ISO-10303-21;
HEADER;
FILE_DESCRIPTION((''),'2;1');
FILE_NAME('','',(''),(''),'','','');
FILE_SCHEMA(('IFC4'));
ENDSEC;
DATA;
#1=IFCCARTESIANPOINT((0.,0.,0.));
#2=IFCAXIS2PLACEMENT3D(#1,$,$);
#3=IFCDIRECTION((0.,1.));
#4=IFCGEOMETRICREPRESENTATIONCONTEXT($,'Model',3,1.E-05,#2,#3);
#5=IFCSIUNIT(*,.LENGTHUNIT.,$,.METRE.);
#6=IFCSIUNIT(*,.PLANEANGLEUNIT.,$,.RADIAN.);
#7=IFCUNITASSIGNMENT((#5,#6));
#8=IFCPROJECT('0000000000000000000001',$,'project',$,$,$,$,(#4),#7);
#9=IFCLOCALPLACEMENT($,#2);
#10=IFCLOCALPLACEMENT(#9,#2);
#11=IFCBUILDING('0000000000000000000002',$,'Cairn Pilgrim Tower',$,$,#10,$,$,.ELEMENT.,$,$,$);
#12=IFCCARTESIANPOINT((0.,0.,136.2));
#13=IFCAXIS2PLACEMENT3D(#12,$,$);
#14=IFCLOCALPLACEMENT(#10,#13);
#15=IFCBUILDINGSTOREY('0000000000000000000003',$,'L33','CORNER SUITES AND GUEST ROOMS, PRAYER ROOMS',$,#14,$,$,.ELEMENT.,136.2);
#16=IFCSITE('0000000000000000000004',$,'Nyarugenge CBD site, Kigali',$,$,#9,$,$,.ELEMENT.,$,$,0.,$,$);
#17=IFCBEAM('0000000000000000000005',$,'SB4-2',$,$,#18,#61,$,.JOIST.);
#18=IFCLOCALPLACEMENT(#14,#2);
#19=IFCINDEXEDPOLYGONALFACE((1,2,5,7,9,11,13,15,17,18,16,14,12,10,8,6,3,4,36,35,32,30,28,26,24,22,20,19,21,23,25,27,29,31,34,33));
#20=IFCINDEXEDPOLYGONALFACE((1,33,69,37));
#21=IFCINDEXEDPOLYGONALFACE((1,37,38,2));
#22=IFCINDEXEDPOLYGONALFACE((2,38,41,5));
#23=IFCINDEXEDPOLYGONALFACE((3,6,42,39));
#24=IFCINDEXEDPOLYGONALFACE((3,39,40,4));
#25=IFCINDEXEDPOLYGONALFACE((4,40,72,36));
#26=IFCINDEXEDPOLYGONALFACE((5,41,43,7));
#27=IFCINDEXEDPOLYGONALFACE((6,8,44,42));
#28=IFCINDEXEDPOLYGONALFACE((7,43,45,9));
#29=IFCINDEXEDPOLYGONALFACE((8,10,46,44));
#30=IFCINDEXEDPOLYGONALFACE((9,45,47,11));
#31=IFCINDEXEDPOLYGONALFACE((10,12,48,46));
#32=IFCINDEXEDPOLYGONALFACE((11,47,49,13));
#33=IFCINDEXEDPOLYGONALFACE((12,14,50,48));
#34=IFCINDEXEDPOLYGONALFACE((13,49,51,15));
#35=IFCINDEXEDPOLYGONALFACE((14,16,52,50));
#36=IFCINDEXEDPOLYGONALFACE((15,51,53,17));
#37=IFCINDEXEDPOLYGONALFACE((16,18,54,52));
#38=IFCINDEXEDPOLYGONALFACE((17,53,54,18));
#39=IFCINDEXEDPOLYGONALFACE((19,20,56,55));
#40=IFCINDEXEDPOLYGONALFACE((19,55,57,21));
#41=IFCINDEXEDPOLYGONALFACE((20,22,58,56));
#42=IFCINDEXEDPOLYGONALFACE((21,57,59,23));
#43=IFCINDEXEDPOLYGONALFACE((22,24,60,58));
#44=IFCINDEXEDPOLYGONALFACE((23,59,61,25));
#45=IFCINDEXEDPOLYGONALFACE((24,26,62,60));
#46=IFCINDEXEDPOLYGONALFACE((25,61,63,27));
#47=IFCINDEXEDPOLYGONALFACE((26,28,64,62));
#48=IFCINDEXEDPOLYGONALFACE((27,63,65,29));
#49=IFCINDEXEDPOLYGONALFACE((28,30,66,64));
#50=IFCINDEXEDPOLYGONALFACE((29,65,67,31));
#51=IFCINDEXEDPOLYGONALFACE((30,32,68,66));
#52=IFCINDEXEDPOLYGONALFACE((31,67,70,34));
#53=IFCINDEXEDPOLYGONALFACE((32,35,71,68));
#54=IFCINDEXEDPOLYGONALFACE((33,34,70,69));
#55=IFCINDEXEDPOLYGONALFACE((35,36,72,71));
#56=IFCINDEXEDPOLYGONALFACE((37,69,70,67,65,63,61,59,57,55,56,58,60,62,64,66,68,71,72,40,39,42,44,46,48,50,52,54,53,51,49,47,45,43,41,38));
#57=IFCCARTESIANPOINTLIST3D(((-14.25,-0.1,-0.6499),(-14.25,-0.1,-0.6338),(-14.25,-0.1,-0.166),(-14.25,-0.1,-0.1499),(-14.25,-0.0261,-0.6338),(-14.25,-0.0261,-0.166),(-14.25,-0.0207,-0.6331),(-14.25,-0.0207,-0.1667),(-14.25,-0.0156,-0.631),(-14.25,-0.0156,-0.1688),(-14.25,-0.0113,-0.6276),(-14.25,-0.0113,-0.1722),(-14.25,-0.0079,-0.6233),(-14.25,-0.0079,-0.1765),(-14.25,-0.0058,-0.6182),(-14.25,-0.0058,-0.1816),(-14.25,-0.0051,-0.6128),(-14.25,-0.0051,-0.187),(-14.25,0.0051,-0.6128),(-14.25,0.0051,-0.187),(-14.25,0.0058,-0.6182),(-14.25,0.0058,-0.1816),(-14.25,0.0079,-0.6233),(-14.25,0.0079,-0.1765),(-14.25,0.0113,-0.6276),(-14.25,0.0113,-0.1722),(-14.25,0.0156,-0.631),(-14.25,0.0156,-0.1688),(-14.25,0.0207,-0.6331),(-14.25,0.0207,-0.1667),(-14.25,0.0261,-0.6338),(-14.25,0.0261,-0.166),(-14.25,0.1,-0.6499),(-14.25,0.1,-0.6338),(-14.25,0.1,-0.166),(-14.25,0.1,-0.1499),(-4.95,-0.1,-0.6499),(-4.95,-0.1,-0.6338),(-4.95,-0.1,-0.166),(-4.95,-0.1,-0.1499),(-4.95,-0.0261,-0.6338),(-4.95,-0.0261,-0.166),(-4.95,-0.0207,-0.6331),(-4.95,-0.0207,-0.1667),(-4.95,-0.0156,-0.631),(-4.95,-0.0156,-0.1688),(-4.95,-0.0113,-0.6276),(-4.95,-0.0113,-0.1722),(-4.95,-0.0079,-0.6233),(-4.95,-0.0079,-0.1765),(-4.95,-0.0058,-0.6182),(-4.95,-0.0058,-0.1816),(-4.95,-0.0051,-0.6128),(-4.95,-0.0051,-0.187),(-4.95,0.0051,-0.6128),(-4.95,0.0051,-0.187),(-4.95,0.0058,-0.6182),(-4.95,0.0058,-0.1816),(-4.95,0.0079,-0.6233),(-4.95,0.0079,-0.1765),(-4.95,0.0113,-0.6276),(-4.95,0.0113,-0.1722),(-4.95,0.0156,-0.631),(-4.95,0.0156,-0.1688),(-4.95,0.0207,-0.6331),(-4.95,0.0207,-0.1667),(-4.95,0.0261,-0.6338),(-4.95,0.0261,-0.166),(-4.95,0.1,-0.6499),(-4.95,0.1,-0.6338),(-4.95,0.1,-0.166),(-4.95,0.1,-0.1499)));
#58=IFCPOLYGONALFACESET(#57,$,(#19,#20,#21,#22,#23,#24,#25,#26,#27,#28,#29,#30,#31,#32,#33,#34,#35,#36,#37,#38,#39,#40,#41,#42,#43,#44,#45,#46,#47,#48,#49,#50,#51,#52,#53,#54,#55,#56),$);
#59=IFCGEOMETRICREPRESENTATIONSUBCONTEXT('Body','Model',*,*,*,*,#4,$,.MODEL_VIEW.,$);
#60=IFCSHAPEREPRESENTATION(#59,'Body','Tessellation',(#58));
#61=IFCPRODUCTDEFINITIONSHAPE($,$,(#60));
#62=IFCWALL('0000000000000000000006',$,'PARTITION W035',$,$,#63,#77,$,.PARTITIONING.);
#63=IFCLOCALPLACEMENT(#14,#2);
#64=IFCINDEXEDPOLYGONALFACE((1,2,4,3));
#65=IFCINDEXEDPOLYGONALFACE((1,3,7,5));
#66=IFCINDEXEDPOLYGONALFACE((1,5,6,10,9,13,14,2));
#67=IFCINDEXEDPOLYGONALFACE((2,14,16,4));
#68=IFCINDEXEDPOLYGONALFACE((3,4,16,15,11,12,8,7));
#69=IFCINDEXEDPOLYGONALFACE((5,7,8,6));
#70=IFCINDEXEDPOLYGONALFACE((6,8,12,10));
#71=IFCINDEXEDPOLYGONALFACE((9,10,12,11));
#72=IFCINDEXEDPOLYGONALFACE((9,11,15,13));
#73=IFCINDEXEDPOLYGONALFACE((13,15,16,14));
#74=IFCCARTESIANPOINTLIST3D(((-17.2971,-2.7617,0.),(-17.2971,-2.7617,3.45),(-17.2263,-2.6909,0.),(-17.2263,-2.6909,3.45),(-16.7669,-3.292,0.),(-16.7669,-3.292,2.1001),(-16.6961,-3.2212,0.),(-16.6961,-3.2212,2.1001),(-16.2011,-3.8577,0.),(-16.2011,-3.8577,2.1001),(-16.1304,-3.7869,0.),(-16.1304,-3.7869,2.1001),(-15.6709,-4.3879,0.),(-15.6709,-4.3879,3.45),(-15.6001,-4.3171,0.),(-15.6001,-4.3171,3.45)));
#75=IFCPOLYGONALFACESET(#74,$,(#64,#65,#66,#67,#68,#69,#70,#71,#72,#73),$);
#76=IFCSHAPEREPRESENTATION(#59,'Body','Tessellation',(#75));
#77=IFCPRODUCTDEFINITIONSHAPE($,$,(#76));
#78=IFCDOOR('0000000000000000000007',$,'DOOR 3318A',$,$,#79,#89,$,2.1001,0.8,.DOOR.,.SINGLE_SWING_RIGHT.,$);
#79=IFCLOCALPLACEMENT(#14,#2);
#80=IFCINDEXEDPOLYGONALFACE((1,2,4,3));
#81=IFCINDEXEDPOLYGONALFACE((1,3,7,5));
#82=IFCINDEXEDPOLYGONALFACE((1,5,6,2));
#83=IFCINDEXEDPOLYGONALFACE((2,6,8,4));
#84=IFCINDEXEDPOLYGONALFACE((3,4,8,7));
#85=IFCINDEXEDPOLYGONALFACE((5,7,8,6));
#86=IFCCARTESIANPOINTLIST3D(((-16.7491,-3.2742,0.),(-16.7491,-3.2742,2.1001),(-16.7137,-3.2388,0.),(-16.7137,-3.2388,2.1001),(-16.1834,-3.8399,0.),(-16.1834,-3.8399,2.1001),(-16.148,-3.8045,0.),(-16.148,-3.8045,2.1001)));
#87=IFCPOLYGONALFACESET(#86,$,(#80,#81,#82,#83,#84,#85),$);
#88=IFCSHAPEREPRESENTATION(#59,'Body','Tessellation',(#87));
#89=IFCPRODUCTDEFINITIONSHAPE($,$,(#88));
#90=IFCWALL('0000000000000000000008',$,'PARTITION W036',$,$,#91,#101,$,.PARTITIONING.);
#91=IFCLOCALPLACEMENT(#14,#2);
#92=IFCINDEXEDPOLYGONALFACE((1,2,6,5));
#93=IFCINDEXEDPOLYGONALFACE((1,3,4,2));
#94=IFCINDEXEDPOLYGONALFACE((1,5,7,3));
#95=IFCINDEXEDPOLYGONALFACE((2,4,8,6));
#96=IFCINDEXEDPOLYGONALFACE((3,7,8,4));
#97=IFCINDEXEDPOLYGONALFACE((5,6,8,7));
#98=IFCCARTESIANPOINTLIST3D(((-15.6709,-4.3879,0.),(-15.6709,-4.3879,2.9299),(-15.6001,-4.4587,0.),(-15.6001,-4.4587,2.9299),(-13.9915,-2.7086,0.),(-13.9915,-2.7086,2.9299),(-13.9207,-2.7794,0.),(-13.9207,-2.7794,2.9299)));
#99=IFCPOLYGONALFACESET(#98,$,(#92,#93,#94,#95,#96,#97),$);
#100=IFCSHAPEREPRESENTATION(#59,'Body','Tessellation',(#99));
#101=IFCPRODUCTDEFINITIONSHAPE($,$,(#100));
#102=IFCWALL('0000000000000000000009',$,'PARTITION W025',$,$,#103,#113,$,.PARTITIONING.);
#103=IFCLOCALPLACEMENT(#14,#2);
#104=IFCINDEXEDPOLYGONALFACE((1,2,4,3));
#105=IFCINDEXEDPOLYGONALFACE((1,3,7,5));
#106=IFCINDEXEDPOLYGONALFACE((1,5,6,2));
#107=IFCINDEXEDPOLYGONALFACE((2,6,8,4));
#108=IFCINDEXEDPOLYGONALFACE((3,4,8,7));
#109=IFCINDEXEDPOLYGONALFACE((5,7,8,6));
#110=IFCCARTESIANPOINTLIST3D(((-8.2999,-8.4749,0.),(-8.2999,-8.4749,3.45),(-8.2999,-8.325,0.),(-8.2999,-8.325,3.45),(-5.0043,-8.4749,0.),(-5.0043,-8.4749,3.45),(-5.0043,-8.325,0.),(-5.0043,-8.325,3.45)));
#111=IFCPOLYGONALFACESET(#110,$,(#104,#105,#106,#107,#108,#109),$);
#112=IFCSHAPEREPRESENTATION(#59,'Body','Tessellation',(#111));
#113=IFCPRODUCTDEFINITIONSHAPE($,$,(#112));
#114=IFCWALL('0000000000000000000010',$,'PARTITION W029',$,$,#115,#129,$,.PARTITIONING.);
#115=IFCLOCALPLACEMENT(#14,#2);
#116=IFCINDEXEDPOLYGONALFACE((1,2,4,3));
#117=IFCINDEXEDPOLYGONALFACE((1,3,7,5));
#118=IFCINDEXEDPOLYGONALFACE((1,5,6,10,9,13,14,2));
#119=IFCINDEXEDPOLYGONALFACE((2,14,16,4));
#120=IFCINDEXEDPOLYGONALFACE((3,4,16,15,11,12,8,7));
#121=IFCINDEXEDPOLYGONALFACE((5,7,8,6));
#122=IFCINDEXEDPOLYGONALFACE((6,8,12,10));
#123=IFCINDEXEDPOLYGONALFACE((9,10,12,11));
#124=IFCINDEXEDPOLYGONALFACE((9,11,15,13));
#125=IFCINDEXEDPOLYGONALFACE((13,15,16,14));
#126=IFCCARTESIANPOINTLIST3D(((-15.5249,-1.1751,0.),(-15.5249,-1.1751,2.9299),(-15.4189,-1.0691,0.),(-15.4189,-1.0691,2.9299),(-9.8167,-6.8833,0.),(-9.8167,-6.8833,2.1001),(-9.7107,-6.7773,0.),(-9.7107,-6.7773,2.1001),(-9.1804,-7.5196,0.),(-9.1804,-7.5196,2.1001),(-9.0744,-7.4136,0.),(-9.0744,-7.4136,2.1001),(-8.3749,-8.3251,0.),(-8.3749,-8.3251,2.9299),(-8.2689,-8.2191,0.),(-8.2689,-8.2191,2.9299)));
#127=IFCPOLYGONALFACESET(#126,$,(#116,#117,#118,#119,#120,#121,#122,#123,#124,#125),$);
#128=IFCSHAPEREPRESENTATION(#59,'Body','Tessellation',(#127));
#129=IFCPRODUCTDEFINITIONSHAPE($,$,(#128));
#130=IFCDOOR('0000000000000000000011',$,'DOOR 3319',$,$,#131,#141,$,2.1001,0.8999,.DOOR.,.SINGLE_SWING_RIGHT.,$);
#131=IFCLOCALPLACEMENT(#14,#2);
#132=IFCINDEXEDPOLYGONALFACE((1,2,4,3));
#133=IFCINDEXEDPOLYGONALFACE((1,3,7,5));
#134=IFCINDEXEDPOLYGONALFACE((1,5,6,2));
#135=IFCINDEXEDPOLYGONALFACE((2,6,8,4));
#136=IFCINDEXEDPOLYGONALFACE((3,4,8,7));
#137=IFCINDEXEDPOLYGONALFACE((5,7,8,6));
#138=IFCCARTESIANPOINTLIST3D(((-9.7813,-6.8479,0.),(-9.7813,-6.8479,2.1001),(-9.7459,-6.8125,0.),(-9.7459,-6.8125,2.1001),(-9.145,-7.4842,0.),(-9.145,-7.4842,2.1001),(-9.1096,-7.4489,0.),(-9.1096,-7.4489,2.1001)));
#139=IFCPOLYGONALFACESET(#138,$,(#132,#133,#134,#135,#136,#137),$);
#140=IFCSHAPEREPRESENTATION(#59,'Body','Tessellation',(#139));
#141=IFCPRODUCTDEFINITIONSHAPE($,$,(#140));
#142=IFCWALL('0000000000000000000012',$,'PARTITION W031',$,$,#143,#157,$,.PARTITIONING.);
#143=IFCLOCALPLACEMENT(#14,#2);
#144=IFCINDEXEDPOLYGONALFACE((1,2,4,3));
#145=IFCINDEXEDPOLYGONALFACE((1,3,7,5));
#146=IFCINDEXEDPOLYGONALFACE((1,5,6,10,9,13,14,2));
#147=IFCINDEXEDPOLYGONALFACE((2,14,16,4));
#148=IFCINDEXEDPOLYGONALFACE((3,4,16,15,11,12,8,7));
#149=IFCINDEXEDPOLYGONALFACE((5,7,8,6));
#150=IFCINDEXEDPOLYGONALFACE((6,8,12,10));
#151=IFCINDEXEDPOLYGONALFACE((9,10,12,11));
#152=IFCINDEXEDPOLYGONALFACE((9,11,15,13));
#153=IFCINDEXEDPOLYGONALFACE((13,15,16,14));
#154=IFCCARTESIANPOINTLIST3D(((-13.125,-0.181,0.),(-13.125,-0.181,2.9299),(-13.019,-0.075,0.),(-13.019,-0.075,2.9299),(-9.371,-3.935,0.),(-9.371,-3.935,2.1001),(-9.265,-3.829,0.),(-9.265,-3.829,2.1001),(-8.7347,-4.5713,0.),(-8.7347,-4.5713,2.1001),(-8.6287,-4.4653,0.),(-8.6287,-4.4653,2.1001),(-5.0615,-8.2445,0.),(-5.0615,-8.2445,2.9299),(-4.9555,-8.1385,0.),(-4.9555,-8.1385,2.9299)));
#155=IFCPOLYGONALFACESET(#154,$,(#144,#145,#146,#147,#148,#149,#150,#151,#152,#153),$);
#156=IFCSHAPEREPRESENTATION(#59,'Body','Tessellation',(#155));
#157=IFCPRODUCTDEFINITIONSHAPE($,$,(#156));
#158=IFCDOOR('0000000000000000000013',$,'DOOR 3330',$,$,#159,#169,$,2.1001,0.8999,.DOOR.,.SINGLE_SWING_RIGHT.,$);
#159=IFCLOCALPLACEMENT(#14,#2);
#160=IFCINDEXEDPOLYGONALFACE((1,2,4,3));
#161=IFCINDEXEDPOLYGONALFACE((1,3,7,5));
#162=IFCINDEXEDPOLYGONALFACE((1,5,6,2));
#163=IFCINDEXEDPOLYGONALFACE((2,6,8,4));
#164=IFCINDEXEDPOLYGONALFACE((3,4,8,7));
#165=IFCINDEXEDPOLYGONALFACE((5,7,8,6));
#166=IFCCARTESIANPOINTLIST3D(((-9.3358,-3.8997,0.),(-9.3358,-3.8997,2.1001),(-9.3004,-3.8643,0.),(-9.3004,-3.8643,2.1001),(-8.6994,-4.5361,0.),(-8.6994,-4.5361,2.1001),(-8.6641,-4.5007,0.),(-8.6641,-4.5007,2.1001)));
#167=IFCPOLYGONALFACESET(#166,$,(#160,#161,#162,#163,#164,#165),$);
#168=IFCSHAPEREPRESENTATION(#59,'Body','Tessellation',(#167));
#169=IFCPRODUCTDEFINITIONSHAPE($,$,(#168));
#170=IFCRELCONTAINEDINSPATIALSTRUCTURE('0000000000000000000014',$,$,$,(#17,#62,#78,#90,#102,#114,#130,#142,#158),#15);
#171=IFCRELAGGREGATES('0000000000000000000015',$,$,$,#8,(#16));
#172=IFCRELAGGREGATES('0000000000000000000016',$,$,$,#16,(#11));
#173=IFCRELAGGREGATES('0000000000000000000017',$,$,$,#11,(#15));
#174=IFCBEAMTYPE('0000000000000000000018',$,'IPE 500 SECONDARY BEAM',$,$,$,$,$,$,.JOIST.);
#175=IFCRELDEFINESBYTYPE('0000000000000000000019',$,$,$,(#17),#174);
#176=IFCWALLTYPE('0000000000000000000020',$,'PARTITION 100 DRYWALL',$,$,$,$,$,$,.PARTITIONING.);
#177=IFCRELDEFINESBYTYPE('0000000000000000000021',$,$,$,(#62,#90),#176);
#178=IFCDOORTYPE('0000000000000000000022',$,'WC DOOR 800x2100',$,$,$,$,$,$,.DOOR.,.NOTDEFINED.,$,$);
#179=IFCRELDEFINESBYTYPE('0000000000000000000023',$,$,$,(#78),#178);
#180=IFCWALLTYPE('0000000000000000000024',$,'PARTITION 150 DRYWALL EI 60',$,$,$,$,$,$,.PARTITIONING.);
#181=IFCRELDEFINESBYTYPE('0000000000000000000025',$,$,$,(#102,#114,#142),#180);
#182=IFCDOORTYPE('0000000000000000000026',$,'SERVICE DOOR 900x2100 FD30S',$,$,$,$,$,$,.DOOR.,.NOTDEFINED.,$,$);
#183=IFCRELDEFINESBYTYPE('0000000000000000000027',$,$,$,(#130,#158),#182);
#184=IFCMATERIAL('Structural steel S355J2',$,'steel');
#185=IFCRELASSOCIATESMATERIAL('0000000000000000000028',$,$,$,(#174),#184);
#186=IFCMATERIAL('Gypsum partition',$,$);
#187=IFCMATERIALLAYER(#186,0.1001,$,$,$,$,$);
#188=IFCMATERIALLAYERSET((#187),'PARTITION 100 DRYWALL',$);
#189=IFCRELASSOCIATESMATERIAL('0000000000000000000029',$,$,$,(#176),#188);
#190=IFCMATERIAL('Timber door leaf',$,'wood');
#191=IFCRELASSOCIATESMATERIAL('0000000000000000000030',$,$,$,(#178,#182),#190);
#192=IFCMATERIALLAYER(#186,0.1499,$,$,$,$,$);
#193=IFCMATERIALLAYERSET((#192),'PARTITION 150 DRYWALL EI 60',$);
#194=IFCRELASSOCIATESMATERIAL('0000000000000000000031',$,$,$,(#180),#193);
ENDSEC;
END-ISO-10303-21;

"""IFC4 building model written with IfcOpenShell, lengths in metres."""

from ifc_helpers import new_model, si_unit, direction, frame, frame_2d, origin, origin_2d, place, context, subcontext, project, spatial, rectangle, i_section, extrude, material, layer, layer_set, material_profile, profile_set, type_object, element, fill, save


model = new_model("IFC4")

# Units and contexts
model_context = context("Model", 3, precision=1e-05, world=origin(), true_north=direction((0.0, 1.0)))
body_context = subcontext(model_context, "Body", "Model", "MODEL_VIEW")
ifc_project = project(units=[si_unit("LENGTHUNIT", "METRE"), si_unit("PLANEANGLEUNIT", "RADIAN")], contexts=[model_context])

# Site, building, storey
site_placement = place(None, origin())
site = spatial("IfcSite", under=ifc_project, at=site_placement, Name="Nyarugenge CBD site, Kigali", CompositionType="ELEMENT", RefElevation=0.0)
building_placement = place(site_placement, origin())
building = spatial("IfcBuilding", under=site, at=building_placement, Name="Cairn Pilgrim Tower", CompositionType="ELEMENT")
storey_placement = place(building_placement, frame((0.0, 0.0, 136.2)))
storey = spatial("IfcBuildingStorey", under=building, at=storey_placement, Name="L33", Description="CORNER SUITES AND GUEST ROOMS, PRAYER ROOMS", CompositionType="ELEMENT", Elevation=136.2)

# Shared definitions
ifc_material_1 = material(Name="Structural steel S355J2", Category="steel")

# Beam
ifc_material_profile_1 = material_profile(ifc_material_1, i_section(OverallWidth=0.2, OverallDepth=0.5, WebThickness=0.0103, FlangeThickness=0.0161, FilletRadius=0.021, at=origin_2d()), Name="IPE 500")
ifc_profile_set_1 = profile_set([ifc_material_profile_1], Name="Structural steel S355J2")
beam_type_1 = type_object("IfcBeamType", Name="IPE 500 SECONDARY BEAM", PredefinedType="JOIST", material=ifc_profile_set_1)
for number, where, z_axis, x_axis, name in (
    (1, (-14.25, 0.0, -0.3999), (1.0, 0.0, 0.0), (0.0, 1.0, 0.0), "SB4-2"),
):
    element("IfcBeam", number, at=place(storey_placement, frame(where, z_axis=z_axis, x_axis=x_axis)), inside=storey, type_object=beam_type_1, Name=name, PredefinedType="JOIST", context=body_context, shape_type="SweptSolid", body=[
        extrude(i_section(OverallWidth=0.2, OverallDepth=0.5, WebThickness=0.0103, FlangeThickness=0.0161, FilletRadius=0.021, at=origin_2d()), origin(), (0.0, 0.0, 1.0), 9.3),
    ])

# Wall, opening, door
ifc_material_2 = material(Name="Gypsum partition")
ifc_layer_1 = layer(ifc_material_2, 0.1001)
ifc_layer_set_1 = layer_set([ifc_layer_1], Name="PARTITION 100 DRYWALL")
wall_type_1 = type_object("IfcWallType", Name="PARTITION 100 DRYWALL", PredefinedType="PARTITIONING", material=ifc_layer_set_1)
wall_1_placement = place(storey_placement, frame((-15.6355, -4.3525, 0.0), z_axis=(0.0, 0.0, 1.0), x_axis=(-0.707107, 0.707107, 0.0)))
wall_1 = element("IfcWall", 2, at=wall_1_placement, inside=storey, type_object=wall_type_1, Name="PARTITION W035", PredefinedType="PARTITIONING", context=body_context, shape_type="SweptSolid", body=[
    extrude(rectangle(XDim=2.2998, YDim=0.1001, at=frame_2d((1.1499, 0.0))), origin(), (0.0, 0.0, 1.0), 3.45),
])
opening_1_placement = place(wall_1_placement, frame((0.75, 0.0, 0.0)))
opening_1 = element("IfcOpeningElement", 3, at=opening_1_placement, cuts=wall_1, PredefinedType="OPENING", context=body_context, shape_type="SweptSolid", body=[
    extrude(rectangle(XDim=0.8, YDim=2.1001, at=frame_2d((0.3999, 1.05))), frame((0.0, 0.0601, 0.0), z_axis=(0.0, -1.0, 0.0), x_axis=(1.0, 0.0, 0.0)), (0.0, 0.0, 1.0), 0.1201),
])
ifc_material_3 = material(Name="Timber door leaf", Category="wood")
door_type_1 = type_object("IfcDoorType", Name="WC DOOR 800x2100", OperationType="NOTDEFINED", PredefinedType="DOOR", material=ifc_material_3)
door_1_placement = place(opening_1_placement, origin())
door_1 = element("IfcDoor", 4, at=door_1_placement, inside=storey, type_object=door_type_1, Name="DOOR 3318A", OperationType="SINGLE_SWING_RIGHT", OverallHeight=2.1001, OverallWidth=0.8, PredefinedType="DOOR", context=body_context, shape_type="SweptSolid", body=[
    extrude(rectangle(XDim=0.8, YDim=2.1001, at=frame_2d((0.3999, 1.05))), frame((0.0, 0.0249, 0.0), z_axis=(0.0, -1.0, 0.0), x_axis=(1.0, 0.0, 0.0)), (0.0, 0.0, 1.0), 0.05),
])
fill(opening_1, door_1)

# Walls
wall_2_placement = place(storey_placement, frame((-15.6355, -4.4233, 0.0), z_axis=(0.0, 0.0, 1.0), x_axis=(0.707107, 0.707107, 0.0)))
element("IfcWall", 5, at=wall_2_placement, inside=storey, type_object=wall_type_1, Name="PARTITION W036", PredefinedType="PARTITIONING", context=body_context, shape_type="SweptSolid", body=[
    extrude(rectangle(XDim=2.375, YDim=0.1001, at=frame_2d((1.1875, 0.0))), origin(), (0.0, 0.0, 1.0), 2.9299),
])
ifc_layer_2 = layer(ifc_material_2, 0.1499)
ifc_layer_set_2 = layer_set([ifc_layer_2], Name="PARTITION 150 DRYWALL EI 60")
wall_type_2 = type_object("IfcWallType", Name="PARTITION 150 DRYWALL EI 60", PredefinedType="PARTITIONING", material=ifc_layer_set_2)
wall_3_placement = place(storey_placement, frame((-8.3, -8.3999, 0.0), z_axis=(0.0, 0.0, 1.0), x_axis=(1.0, 0.0, 0.0)))
element("IfcWall", 6, at=wall_3_placement, inside=storey, type_object=wall_type_2, Name="PARTITION W025", PredefinedType="PARTITIONING", context=body_context, shape_type="SweptSolid", body=[
    extrude(rectangle(XDim=3.2957, YDim=0.1499, at=frame_2d((1.6479, 0.0))), origin(), (0.0, 0.0, 1.0), 3.45),
])

# Walls, openings, doors
wall_4_placement = place(storey_placement, frame((-8.322, -8.272, 0.0), z_axis=(0.0, 0.0, 1.0), x_axis=(-0.707107, 0.707107, 0.0)))
wall_4 = element("IfcWall", 7, at=wall_4_placement, inside=storey, type_object=wall_type_2, Name="PARTITION W029", PredefinedType="PARTITIONING", context=body_context, shape_type="SweptSolid", body=[
    extrude(rectangle(XDim=10.1116, YDim=0.1499, at=frame_2d((5.0557, 0.0))), origin(), (0.0, 0.0, 1.0), 2.9299),
])
opening_2_placement = place(wall_4_placement, frame((1.1389, 0.0, 0.0)))
opening_2 = element("IfcOpeningElement", 8, at=opening_2_placement, cuts=wall_4, PredefinedType="OPENING", context=body_context, shape_type="SweptSolid", body=[
    extrude(rectangle(XDim=0.8999, YDim=2.1001, at=frame_2d((0.45, 1.05))), frame((0.0, 0.085, 0.0), z_axis=(0.0, -1.0, 0.0), x_axis=(1.0, 0.0, 0.0)), (0.0, 0.0, 1.0), 0.1699),
])
door_type_2 = type_object("IfcDoorType", Name="SERVICE DOOR 900x2100 FD30S", OperationType="NOTDEFINED", PredefinedType="DOOR", material=ifc_material_3)
door_2_placement = place(opening_2_placement, origin())
door_2 = element("IfcDoor", 9, at=door_2_placement, inside=storey, type_object=door_type_2, Name="DOOR 3319", OperationType="SINGLE_SWING_RIGHT", OverallHeight=2.1001, OverallWidth=0.8999, PredefinedType="DOOR", context=body_context, shape_type="SweptSolid", body=[
    extrude(rectangle(XDim=0.8999, YDim=2.1001, at=frame_2d((0.45, 1.05))), frame((0.0, 0.0249, 0.0), z_axis=(0.0, -1.0, 0.0), x_axis=(1.0, 0.0, 0.0)), (0.0, 0.0, 1.0), 0.05),
])
fill(opening_2, door_2)
wall_5_placement = place(storey_placement, frame((-5.0085, -8.1914, 0.0), z_axis=(0.0, 0.0, 1.0), x_axis=(-0.707107, 0.707107, 0.0)))
wall_5 = element("IfcWall", 10, at=wall_5_placement, inside=storey, type_object=wall_type_2, Name="PARTITION W031", PredefinedType="PARTITIONING", context=body_context, shape_type="SweptSolid", body=[
    extrude(rectangle(XDim=11.4036, YDim=0.1499, at=frame_2d((5.7017, 0.0))), origin(), (0.0, 0.0, 1.0), 2.9299),
])
opening_3_placement = place(wall_5_placement, frame((5.1946, 0.0, 0.0)))
opening_3 = element("IfcOpeningElement", 11, at=opening_3_placement, cuts=wall_5, PredefinedType="OPENING", context=body_context, shape_type="SweptSolid", body=[
    extrude(rectangle(XDim=0.8999, YDim=2.1001, at=frame_2d((0.45, 1.05))), frame((0.0, 0.085, 0.0), z_axis=(0.0, -1.0, 0.0), x_axis=(1.0, 0.0, 0.0)), (0.0, 0.0, 1.0), 0.1699),
])
door_3_placement = place(opening_3_placement, frame((0.8999, 0.0, 0.0), z_axis=(0.0, 0.0, 1.0), x_axis=(-1.0, 0.0, 0.0)))
door_3 = element("IfcDoor", 12, at=door_3_placement, inside=storey, type_object=door_type_2, Name="DOOR 3330", OperationType="SINGLE_SWING_RIGHT", OverallHeight=2.1001, OverallWidth=0.8999, PredefinedType="DOOR", context=body_context, shape_type="SweptSolid", body=[
    extrude(rectangle(XDim=0.8999, YDim=2.1001, at=frame_2d((0.45, 1.05))), frame((0.0, 0.0249, 0.0), z_axis=(0.0, -1.0, 0.0), x_axis=(1.0, 0.0, 0.0)), (0.0, 0.0, 1.0), 0.05),
])
fill(opening_3, door_3)

save(model, "model.ifc")
